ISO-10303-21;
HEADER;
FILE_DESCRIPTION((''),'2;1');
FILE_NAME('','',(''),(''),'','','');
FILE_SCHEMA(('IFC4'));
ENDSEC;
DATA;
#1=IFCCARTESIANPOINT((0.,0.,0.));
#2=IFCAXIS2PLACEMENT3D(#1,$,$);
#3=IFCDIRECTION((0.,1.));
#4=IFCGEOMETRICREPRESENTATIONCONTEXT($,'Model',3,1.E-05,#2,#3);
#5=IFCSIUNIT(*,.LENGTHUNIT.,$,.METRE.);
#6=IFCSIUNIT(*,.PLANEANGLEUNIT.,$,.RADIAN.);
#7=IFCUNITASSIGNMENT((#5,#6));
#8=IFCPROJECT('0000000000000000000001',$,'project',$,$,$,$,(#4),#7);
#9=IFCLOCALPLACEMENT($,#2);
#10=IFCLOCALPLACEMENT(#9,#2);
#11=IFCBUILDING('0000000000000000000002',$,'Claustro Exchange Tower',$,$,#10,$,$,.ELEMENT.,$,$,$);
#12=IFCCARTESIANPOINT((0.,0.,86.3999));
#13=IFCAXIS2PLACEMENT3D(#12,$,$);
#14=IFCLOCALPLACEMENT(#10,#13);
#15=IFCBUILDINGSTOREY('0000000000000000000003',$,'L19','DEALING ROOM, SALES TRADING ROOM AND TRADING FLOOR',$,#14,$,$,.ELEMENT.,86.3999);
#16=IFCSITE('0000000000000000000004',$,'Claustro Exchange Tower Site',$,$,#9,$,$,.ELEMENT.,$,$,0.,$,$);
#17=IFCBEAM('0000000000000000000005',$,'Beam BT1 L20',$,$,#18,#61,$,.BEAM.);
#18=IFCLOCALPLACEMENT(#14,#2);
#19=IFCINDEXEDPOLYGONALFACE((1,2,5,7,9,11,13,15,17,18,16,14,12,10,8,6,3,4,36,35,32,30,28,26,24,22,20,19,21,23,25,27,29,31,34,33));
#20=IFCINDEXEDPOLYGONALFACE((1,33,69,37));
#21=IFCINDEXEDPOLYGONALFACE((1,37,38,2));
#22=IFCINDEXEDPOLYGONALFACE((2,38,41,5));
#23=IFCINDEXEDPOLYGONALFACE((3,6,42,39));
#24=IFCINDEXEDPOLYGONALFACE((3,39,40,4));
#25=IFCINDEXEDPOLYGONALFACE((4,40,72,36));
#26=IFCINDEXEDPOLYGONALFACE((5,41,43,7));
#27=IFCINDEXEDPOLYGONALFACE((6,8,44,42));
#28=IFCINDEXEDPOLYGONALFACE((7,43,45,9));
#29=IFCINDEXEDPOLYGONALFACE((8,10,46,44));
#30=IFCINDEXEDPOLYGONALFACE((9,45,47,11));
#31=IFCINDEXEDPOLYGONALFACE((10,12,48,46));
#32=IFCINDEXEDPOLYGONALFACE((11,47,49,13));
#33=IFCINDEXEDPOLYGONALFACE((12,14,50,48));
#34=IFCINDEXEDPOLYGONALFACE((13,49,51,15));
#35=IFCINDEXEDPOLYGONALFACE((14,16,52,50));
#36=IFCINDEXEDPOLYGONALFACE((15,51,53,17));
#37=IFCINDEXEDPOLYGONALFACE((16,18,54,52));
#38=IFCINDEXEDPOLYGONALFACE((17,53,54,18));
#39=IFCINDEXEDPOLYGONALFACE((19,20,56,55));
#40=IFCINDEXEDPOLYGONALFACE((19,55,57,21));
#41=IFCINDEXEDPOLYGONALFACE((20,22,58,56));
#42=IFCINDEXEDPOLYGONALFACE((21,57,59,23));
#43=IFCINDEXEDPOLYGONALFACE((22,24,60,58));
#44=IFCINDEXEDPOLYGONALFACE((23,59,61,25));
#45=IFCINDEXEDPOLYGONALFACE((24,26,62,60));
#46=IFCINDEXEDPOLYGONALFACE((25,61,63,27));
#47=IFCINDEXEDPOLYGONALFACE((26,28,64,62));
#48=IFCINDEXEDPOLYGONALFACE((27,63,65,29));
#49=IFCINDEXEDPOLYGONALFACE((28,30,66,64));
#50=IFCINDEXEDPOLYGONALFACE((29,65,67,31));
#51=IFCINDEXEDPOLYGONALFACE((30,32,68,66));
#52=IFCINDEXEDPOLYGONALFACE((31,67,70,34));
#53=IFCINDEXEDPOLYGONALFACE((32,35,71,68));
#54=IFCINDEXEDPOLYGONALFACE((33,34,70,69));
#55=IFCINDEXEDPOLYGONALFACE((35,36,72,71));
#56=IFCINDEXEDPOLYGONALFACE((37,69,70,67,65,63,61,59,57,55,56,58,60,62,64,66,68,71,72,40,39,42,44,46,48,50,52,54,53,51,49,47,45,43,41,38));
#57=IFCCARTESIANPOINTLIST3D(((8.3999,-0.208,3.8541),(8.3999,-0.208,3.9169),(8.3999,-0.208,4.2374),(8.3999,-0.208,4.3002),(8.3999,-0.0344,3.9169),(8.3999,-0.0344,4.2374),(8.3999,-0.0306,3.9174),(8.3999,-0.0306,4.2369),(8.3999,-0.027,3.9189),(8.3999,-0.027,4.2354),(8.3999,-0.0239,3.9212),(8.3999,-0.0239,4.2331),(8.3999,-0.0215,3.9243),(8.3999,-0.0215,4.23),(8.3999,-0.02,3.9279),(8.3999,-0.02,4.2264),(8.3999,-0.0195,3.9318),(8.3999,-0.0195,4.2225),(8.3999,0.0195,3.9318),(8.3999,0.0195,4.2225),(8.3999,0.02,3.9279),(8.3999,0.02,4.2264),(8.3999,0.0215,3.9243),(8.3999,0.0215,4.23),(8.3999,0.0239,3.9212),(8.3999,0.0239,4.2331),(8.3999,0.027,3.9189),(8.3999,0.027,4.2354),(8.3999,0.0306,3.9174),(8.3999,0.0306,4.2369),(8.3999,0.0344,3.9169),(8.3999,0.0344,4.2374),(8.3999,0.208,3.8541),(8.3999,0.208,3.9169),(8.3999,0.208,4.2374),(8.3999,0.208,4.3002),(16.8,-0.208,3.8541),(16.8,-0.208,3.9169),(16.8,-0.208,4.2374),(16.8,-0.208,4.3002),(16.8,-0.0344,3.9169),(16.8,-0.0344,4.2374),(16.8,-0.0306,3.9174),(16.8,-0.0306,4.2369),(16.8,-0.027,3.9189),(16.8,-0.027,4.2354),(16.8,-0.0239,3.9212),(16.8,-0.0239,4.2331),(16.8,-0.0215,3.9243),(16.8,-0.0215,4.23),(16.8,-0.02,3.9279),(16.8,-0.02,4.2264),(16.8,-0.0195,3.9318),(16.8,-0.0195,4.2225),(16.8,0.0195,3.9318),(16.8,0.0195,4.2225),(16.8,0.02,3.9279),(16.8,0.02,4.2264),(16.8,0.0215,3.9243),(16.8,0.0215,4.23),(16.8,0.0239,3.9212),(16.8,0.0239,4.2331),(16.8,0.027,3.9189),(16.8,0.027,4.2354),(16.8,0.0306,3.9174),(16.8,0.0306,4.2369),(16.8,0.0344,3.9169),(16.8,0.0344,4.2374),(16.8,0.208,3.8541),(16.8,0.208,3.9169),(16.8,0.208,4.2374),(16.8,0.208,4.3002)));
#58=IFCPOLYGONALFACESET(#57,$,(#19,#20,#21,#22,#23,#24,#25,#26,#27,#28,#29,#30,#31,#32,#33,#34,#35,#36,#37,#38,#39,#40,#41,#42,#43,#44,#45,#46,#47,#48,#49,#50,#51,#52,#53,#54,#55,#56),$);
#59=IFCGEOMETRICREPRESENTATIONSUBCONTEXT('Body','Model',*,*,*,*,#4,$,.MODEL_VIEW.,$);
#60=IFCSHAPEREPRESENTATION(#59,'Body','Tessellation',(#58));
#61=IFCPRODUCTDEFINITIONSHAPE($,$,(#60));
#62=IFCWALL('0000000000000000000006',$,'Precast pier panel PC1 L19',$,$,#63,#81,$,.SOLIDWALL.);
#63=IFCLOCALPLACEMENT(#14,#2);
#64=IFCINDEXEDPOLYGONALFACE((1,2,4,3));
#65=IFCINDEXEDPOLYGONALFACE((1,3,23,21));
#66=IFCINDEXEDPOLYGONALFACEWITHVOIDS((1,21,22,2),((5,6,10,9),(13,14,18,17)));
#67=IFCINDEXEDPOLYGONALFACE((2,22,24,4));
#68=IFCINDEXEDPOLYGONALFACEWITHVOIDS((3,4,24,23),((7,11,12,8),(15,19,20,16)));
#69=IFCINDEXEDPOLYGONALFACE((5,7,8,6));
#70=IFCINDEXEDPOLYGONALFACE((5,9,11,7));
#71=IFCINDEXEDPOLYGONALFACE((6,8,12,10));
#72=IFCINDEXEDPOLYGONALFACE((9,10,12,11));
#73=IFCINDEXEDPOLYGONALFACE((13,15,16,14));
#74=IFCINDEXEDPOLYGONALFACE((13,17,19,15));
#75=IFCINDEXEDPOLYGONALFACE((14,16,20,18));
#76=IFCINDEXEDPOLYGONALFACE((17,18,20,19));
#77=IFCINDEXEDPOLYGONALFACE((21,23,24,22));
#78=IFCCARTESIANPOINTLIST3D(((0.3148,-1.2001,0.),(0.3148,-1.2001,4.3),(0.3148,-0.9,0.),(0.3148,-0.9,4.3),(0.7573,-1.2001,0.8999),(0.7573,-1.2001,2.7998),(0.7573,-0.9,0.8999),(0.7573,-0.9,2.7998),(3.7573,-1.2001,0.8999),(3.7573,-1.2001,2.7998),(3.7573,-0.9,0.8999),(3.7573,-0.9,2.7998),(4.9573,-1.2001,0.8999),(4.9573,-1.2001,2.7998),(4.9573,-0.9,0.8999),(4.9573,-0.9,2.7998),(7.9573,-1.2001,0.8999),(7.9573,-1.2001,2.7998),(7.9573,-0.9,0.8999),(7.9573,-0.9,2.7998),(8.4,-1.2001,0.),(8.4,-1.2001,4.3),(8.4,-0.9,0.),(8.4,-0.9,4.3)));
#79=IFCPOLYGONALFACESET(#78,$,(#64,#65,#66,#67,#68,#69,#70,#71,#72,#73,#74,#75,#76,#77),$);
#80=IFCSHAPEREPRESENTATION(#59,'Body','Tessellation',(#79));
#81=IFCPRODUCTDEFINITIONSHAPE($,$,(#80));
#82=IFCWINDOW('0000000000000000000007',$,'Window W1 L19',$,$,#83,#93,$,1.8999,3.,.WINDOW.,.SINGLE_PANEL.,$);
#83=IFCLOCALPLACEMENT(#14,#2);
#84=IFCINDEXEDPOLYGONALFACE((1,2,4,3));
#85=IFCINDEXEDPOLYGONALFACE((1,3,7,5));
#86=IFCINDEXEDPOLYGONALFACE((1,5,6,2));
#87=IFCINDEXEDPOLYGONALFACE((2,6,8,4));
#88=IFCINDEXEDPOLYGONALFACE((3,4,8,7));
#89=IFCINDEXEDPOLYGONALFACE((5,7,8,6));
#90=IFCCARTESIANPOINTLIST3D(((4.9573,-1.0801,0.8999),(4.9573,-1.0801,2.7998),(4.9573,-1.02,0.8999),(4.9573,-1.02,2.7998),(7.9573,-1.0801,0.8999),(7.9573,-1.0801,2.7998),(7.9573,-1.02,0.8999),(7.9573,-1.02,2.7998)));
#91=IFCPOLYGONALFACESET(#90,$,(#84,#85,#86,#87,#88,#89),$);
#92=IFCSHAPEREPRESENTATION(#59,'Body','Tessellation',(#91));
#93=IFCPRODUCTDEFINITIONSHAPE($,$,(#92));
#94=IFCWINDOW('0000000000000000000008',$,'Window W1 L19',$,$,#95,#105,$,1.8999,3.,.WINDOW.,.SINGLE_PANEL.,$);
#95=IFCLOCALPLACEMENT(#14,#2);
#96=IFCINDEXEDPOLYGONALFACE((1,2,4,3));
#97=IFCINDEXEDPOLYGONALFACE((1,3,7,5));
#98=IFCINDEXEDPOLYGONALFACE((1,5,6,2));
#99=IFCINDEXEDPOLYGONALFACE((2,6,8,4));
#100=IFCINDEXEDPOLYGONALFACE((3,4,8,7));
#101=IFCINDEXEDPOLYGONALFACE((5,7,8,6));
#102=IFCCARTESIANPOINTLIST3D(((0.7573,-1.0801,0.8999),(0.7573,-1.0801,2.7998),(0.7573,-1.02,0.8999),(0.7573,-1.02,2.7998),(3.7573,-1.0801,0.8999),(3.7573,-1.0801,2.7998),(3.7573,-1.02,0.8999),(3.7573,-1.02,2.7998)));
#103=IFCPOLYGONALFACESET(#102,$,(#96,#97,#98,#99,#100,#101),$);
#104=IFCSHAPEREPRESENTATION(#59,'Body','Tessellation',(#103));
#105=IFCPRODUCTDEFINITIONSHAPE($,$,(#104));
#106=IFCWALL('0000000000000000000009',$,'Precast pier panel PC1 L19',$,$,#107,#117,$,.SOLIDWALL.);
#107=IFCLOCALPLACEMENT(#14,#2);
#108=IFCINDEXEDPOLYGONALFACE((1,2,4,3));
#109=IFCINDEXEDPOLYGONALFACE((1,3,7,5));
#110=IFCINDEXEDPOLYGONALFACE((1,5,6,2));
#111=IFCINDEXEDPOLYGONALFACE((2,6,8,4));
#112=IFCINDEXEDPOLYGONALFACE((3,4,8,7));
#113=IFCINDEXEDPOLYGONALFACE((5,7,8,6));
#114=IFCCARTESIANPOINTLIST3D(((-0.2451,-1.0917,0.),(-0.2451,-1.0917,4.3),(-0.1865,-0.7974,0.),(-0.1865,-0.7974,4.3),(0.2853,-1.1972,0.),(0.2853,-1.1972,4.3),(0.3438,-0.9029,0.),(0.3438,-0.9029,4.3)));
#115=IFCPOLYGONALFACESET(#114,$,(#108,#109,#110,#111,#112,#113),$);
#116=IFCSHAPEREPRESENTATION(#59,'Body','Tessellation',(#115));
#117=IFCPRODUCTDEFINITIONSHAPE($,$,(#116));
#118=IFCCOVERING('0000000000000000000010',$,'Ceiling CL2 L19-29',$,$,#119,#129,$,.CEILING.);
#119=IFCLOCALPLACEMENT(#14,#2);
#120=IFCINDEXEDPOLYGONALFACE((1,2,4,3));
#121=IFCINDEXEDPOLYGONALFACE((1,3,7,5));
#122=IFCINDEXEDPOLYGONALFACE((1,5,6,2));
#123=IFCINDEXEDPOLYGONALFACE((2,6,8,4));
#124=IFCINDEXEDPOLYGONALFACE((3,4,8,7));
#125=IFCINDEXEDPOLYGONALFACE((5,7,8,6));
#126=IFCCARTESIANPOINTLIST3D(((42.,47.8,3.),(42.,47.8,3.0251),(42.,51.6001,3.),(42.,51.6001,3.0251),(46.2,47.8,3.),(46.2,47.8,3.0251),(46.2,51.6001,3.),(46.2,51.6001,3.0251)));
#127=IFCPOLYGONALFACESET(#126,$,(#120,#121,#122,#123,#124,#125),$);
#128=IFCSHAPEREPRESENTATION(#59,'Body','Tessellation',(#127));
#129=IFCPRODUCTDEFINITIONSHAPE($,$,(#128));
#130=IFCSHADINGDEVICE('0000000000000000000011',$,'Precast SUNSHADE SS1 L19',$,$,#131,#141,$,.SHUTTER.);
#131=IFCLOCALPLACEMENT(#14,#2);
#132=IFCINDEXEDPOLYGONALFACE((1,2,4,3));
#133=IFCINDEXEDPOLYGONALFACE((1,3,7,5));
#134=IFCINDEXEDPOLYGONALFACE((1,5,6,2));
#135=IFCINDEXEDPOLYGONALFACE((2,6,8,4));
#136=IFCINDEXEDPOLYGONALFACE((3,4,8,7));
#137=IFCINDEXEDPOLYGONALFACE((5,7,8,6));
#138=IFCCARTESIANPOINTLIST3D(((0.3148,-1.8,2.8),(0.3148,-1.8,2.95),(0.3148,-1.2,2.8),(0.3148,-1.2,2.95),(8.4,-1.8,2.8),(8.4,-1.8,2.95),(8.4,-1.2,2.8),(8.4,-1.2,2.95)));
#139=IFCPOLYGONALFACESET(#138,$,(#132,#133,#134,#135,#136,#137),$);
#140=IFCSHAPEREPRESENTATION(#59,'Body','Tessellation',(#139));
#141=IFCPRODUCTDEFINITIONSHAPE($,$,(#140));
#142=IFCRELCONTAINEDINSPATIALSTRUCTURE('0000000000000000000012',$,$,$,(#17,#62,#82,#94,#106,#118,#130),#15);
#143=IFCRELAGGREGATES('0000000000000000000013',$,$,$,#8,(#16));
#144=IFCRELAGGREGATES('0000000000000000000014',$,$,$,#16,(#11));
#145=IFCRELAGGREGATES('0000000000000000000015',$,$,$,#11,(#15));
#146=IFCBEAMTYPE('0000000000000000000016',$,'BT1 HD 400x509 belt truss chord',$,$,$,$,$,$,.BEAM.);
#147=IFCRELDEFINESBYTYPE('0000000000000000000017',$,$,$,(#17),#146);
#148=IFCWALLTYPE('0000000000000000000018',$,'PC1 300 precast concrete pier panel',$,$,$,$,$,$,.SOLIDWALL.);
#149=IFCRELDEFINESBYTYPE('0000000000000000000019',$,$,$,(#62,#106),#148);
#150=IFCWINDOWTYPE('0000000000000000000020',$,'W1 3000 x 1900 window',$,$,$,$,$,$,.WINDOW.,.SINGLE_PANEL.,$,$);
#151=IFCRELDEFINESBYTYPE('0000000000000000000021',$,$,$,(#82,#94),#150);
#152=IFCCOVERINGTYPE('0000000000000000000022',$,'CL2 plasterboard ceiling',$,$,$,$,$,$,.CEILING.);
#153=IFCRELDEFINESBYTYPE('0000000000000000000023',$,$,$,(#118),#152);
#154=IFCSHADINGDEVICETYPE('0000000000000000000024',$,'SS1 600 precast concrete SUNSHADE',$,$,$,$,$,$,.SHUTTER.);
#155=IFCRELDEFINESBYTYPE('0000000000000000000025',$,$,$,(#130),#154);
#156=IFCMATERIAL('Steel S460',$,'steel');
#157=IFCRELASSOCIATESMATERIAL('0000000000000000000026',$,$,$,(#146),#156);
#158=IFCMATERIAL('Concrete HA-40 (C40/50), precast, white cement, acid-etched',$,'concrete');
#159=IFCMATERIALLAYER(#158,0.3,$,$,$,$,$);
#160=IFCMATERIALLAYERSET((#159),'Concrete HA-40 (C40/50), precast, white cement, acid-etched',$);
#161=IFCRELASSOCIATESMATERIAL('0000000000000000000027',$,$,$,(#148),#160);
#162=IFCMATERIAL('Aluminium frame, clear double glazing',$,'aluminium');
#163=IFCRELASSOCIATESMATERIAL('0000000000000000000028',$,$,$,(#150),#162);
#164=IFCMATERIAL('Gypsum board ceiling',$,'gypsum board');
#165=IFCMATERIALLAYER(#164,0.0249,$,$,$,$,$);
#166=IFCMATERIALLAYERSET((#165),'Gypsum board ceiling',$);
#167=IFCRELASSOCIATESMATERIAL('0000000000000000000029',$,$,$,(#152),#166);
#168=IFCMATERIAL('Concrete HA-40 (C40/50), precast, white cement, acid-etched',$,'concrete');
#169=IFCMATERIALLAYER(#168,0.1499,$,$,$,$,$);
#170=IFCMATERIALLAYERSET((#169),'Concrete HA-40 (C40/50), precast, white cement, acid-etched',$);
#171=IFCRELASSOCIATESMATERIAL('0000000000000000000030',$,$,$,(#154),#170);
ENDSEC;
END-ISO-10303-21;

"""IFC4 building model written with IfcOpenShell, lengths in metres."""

from ifc_helpers import new_model, si_unit, direction, frame, frame_2d, origin, origin_2d, place, context, subcontext, project, spatial, polyline, rectangle, i_section, outline, extrude, material, layer, layer_set, material_profile, profile_set, type_object, element, fill, save


model = new_model("IFC4")

# Units and contexts
model_context = context("Model", 3, precision=1e-05, world=origin(), true_north=direction((0.0, 1.0)))
body_context = subcontext(model_context, "Body", "Model", "MODEL_VIEW")
ifc_project = project(units=[si_unit("LENGTHUNIT", "METRE"), si_unit("PLANEANGLEUNIT", "RADIAN")], contexts=[model_context])

# Site, building, storey
site_placement = place(None, origin())
site = spatial("IfcSite", under=ifc_project, at=site_placement, Name="Claustro Exchange Tower Site", CompositionType="ELEMENT", RefElevation=0.0)
building_placement = place(site_placement, origin())
building = spatial("IfcBuilding", under=site, at=building_placement, Name="Claustro Exchange Tower", CompositionType="ELEMENT")
storey_placement = place(building_placement, frame((0.0, 0.0, 86.3999)))
storey = spatial("IfcBuildingStorey", under=building, at=storey_placement, Name="L19", Description="DEALING ROOM, SALES TRADING ROOM AND TRADING FLOOR", CompositionType="ELEMENT", Elevation=86.3999)

# Beam
ifc_material_1 = material(Name="Steel S460", Category="steel")
ifc_material_profile_1 = material_profile(ifc_material_1, i_section(OverallWidth=0.416, OverallDepth=0.446, WebThickness=0.0391, FlangeThickness=0.0627, FilletRadius=0.0149, at=origin_2d()), Name="HD 400x509")
ifc_profile_set_1 = profile_set([ifc_material_profile_1], Name="Steel S460")
beam_type_1 = type_object("IfcBeamType", Name="BT1 HD 400x509 belt truss chord", PredefinedType="BEAM", material=ifc_profile_set_1)
beam_1_placement = place(storey_placement, frame((8.3999, 0.0, 4.0771), z_axis=(1.0, 0.0, 0.0), x_axis=(0.0, 1.0, 0.0)))
element("IfcBeam", 1, at=beam_1_placement, inside=storey, type_object=beam_type_1, Name="Beam BT1 L20", PredefinedType="BEAM", context=body_context, shape_type="SweptSolid", body=[
    extrude(i_section(OverallWidth=0.416, OverallDepth=0.446, WebThickness=0.0391, FlangeThickness=0.0627, FilletRadius=0.0149, at=origin_2d()), origin(), (0.0, 0.0, 1.0), 8.4001),
])

# Wall, openings, windows
ifc_material_2 = material(Name="Concrete HA-40 (C40/50), precast, white cement, acid-etched", Category="concrete")
ifc_layer_1 = layer(ifc_material_2, 0.3)
ifc_layer_set_1 = layer_set([ifc_layer_1], Name="Concrete HA-40 (C40/50), precast, white cement, acid-etched")
wall_type = type_object("IfcWallType", Name="PC1 300 precast concrete pier panel", PredefinedType="SOLIDWALL", material=ifc_layer_set_1)
wall_1_placement = place(storey_placement, frame((8.3999, -1.05, 0.0), z_axis=(0.0, 0.0, 1.0), x_axis=(-1.0, 0.0, 0.0)))
wall_1 = element("IfcWall", 2, at=wall_1_placement, inside=storey, type_object=wall_type, Name="Precast pier panel PC1 L19", PredefinedType="SOLIDWALL", context=body_context, shape_type="SweptSolid", body=[
    extrude(rectangle(XDim=8.0852, YDim=0.3, at=frame_2d((4.0425, 0.0))), origin(), (0.0, 0.0, 1.0), 4.3),
])
opening_1_placement = place(wall_1_placement, frame((0.4426, 0.0, 0.8999)))
opening_1 = element("IfcOpeningElement", 3, at=opening_1_placement, cuts=wall_1, PredefinedType="OPENING", context=body_context, shape_type="SweptSolid", body=[
    extrude(rectangle(XDim=3.0, YDim=1.8999, at=frame_2d((1.5, 0.95))), frame((0.0, 0.1599, 0.0), z_axis=(0.0, -1.0, 0.0), x_axis=(1.0, 0.0, 0.0)), (0.0, 0.0, 1.0), 0.3201),
])
opening_2_placement = place(wall_1_placement, frame((4.6426, 0.0, 0.8999)))
opening_2 = element("IfcOpeningElement", 4, at=opening_2_placement, cuts=wall_1, PredefinedType="OPENING", context=body_context, shape_type="SweptSolid", body=[
    extrude(rectangle(XDim=3.0, YDim=1.8999, at=frame_2d((1.5, 0.95))), frame((0.0, 0.1599, 0.0), z_axis=(0.0, -1.0, 0.0), x_axis=(1.0, 0.0, 0.0)), (0.0, 0.0, 1.0), 0.3201),
])
ifc_material_3 = material(Name="Aluminium frame, clear double glazing", Category="aluminium")
window_type = type_object("IfcWindowType", Name="W1 3000 x 1900 window", PartitioningType="SINGLE_PANEL", PredefinedType="WINDOW", material=ifc_material_3)
window_1_placement = place(opening_1_placement, origin())
window_1 = element("IfcWindow", 5, at=window_1_placement, inside=storey, type_object=window_type, Name="Window W1 L19", OverallHeight=1.8999, OverallWidth=3.0, PartitioningType="SINGLE_PANEL", PredefinedType="WINDOW", context=body_context, shape_type="SweptSolid", body=[
    extrude(rectangle(XDim=3.0, YDim=1.8999, at=frame_2d((1.5, 0.95))), frame((0.0, 0.03, 0.0), z_axis=(0.0, -1.0, 0.0), x_axis=(1.0, 0.0, 0.0)), (0.0, 0.0, 1.0), 0.0601),
])
fill(opening_1, window_1)
window_2_placement = place(opening_2_placement, origin())
window_2 = element("IfcWindow", 6, at=window_2_placement, inside=storey, type_object=window_type, Name="Window W1 L19", OverallHeight=1.8999, OverallWidth=3.0, PartitioningType="SINGLE_PANEL", PredefinedType="WINDOW", context=body_context, shape_type="SweptSolid", body=[
    extrude(rectangle(XDim=3.0, YDim=1.8999, at=frame_2d((1.5, 0.95))), frame((0.0, 0.03, 0.0), z_axis=(0.0, -1.0, 0.0), x_axis=(1.0, 0.0, 0.0)), (0.0, 0.0, 1.0), 0.0601),
])
fill(opening_2, window_2)

# Wall
wall_2_placement = place(storey_placement, frame((0.3147, -1.05, 0.0), z_axis=(0.0, 0.0, 1.0), x_axis=(-0.980789, 0.195074, 0.0)))
element("IfcWall", 7, at=wall_2_placement, inside=storey, type_object=wall_type, Name="Precast pier panel PC1 L19", PredefinedType="SOLIDWALL", context=body_context, shape_type="SweptSolid", body=[
    extrude(rectangle(XDim=0.5408, YDim=0.3, at=frame_2d((0.2705, 0.0))), origin(), (0.0, 0.0, 1.0), 4.3),
])

# Covering
ifc_material_4 = material(Name="Gypsum board ceiling", Category="gypsum board")
ifc_layer_2 = layer(ifc_material_4, 0.0249)
ifc_layer_set_2 = layer_set([ifc_layer_2], Name="Gypsum board ceiling")
covering_type = type_object("IfcCoveringType", Name="CL2 plasterboard ceiling", PredefinedType="CEILING", material=ifc_layer_set_2)
covering_placement = place(storey_placement, frame((0.0, 0.0, 3.0)))
element("IfcCovering", 8, at=covering_placement, inside=storey, type_object=covering_type, Name="Ceiling CL2 L19-29", PredefinedType="CEILING", context=body_context, shape_type="SweptSolid", body=[
    extrude(outline(polyline([(46.2, 51.6001), (42.0, 51.6001), (42.0, 47.8), (46.2, 47.8), (46.2, 51.6001)])), origin(), (0.0, 0.0, 1.0), 0.0251),
])

# Shading device
ifc_material_5 = material(Name="Concrete HA-40 (C40/50), precast, white cement, acid-etched", Category="concrete")
ifc_layer_3 = layer(ifc_material_5, 0.1499)
ifc_layer_set_3 = layer_set([ifc_layer_3], Name="Concrete HA-40 (C40/50), precast, white cement, acid-etched")
shading_device_type = type_object("IfcShadingDeviceType", Name="SS1 600 precast concrete SUNSHADE", PredefinedType="SHUTTER", material=ifc_layer_set_3)
shading_device_placement = place(storey_placement, frame((4.3574, -1.5, 2.8), z_axis=(0.0, 0.0, 1.0), x_axis=(-1.0, 0.0, 0.0)))
element("IfcShadingDevice", 9, at=shading_device_placement, inside=storey, type_object=shading_device_type, Name="Precast SUNSHADE SS1 L19", PredefinedType="SHUTTER", context=body_context, shape_type="SweptSolid", body=[
    extrude(rectangle(XDim=8.0852, YDim=0.6001, at=origin_2d()), origin(), (0.0, 0.0, 1.0), 0.1499),
])

save(model, "model.ifc")
